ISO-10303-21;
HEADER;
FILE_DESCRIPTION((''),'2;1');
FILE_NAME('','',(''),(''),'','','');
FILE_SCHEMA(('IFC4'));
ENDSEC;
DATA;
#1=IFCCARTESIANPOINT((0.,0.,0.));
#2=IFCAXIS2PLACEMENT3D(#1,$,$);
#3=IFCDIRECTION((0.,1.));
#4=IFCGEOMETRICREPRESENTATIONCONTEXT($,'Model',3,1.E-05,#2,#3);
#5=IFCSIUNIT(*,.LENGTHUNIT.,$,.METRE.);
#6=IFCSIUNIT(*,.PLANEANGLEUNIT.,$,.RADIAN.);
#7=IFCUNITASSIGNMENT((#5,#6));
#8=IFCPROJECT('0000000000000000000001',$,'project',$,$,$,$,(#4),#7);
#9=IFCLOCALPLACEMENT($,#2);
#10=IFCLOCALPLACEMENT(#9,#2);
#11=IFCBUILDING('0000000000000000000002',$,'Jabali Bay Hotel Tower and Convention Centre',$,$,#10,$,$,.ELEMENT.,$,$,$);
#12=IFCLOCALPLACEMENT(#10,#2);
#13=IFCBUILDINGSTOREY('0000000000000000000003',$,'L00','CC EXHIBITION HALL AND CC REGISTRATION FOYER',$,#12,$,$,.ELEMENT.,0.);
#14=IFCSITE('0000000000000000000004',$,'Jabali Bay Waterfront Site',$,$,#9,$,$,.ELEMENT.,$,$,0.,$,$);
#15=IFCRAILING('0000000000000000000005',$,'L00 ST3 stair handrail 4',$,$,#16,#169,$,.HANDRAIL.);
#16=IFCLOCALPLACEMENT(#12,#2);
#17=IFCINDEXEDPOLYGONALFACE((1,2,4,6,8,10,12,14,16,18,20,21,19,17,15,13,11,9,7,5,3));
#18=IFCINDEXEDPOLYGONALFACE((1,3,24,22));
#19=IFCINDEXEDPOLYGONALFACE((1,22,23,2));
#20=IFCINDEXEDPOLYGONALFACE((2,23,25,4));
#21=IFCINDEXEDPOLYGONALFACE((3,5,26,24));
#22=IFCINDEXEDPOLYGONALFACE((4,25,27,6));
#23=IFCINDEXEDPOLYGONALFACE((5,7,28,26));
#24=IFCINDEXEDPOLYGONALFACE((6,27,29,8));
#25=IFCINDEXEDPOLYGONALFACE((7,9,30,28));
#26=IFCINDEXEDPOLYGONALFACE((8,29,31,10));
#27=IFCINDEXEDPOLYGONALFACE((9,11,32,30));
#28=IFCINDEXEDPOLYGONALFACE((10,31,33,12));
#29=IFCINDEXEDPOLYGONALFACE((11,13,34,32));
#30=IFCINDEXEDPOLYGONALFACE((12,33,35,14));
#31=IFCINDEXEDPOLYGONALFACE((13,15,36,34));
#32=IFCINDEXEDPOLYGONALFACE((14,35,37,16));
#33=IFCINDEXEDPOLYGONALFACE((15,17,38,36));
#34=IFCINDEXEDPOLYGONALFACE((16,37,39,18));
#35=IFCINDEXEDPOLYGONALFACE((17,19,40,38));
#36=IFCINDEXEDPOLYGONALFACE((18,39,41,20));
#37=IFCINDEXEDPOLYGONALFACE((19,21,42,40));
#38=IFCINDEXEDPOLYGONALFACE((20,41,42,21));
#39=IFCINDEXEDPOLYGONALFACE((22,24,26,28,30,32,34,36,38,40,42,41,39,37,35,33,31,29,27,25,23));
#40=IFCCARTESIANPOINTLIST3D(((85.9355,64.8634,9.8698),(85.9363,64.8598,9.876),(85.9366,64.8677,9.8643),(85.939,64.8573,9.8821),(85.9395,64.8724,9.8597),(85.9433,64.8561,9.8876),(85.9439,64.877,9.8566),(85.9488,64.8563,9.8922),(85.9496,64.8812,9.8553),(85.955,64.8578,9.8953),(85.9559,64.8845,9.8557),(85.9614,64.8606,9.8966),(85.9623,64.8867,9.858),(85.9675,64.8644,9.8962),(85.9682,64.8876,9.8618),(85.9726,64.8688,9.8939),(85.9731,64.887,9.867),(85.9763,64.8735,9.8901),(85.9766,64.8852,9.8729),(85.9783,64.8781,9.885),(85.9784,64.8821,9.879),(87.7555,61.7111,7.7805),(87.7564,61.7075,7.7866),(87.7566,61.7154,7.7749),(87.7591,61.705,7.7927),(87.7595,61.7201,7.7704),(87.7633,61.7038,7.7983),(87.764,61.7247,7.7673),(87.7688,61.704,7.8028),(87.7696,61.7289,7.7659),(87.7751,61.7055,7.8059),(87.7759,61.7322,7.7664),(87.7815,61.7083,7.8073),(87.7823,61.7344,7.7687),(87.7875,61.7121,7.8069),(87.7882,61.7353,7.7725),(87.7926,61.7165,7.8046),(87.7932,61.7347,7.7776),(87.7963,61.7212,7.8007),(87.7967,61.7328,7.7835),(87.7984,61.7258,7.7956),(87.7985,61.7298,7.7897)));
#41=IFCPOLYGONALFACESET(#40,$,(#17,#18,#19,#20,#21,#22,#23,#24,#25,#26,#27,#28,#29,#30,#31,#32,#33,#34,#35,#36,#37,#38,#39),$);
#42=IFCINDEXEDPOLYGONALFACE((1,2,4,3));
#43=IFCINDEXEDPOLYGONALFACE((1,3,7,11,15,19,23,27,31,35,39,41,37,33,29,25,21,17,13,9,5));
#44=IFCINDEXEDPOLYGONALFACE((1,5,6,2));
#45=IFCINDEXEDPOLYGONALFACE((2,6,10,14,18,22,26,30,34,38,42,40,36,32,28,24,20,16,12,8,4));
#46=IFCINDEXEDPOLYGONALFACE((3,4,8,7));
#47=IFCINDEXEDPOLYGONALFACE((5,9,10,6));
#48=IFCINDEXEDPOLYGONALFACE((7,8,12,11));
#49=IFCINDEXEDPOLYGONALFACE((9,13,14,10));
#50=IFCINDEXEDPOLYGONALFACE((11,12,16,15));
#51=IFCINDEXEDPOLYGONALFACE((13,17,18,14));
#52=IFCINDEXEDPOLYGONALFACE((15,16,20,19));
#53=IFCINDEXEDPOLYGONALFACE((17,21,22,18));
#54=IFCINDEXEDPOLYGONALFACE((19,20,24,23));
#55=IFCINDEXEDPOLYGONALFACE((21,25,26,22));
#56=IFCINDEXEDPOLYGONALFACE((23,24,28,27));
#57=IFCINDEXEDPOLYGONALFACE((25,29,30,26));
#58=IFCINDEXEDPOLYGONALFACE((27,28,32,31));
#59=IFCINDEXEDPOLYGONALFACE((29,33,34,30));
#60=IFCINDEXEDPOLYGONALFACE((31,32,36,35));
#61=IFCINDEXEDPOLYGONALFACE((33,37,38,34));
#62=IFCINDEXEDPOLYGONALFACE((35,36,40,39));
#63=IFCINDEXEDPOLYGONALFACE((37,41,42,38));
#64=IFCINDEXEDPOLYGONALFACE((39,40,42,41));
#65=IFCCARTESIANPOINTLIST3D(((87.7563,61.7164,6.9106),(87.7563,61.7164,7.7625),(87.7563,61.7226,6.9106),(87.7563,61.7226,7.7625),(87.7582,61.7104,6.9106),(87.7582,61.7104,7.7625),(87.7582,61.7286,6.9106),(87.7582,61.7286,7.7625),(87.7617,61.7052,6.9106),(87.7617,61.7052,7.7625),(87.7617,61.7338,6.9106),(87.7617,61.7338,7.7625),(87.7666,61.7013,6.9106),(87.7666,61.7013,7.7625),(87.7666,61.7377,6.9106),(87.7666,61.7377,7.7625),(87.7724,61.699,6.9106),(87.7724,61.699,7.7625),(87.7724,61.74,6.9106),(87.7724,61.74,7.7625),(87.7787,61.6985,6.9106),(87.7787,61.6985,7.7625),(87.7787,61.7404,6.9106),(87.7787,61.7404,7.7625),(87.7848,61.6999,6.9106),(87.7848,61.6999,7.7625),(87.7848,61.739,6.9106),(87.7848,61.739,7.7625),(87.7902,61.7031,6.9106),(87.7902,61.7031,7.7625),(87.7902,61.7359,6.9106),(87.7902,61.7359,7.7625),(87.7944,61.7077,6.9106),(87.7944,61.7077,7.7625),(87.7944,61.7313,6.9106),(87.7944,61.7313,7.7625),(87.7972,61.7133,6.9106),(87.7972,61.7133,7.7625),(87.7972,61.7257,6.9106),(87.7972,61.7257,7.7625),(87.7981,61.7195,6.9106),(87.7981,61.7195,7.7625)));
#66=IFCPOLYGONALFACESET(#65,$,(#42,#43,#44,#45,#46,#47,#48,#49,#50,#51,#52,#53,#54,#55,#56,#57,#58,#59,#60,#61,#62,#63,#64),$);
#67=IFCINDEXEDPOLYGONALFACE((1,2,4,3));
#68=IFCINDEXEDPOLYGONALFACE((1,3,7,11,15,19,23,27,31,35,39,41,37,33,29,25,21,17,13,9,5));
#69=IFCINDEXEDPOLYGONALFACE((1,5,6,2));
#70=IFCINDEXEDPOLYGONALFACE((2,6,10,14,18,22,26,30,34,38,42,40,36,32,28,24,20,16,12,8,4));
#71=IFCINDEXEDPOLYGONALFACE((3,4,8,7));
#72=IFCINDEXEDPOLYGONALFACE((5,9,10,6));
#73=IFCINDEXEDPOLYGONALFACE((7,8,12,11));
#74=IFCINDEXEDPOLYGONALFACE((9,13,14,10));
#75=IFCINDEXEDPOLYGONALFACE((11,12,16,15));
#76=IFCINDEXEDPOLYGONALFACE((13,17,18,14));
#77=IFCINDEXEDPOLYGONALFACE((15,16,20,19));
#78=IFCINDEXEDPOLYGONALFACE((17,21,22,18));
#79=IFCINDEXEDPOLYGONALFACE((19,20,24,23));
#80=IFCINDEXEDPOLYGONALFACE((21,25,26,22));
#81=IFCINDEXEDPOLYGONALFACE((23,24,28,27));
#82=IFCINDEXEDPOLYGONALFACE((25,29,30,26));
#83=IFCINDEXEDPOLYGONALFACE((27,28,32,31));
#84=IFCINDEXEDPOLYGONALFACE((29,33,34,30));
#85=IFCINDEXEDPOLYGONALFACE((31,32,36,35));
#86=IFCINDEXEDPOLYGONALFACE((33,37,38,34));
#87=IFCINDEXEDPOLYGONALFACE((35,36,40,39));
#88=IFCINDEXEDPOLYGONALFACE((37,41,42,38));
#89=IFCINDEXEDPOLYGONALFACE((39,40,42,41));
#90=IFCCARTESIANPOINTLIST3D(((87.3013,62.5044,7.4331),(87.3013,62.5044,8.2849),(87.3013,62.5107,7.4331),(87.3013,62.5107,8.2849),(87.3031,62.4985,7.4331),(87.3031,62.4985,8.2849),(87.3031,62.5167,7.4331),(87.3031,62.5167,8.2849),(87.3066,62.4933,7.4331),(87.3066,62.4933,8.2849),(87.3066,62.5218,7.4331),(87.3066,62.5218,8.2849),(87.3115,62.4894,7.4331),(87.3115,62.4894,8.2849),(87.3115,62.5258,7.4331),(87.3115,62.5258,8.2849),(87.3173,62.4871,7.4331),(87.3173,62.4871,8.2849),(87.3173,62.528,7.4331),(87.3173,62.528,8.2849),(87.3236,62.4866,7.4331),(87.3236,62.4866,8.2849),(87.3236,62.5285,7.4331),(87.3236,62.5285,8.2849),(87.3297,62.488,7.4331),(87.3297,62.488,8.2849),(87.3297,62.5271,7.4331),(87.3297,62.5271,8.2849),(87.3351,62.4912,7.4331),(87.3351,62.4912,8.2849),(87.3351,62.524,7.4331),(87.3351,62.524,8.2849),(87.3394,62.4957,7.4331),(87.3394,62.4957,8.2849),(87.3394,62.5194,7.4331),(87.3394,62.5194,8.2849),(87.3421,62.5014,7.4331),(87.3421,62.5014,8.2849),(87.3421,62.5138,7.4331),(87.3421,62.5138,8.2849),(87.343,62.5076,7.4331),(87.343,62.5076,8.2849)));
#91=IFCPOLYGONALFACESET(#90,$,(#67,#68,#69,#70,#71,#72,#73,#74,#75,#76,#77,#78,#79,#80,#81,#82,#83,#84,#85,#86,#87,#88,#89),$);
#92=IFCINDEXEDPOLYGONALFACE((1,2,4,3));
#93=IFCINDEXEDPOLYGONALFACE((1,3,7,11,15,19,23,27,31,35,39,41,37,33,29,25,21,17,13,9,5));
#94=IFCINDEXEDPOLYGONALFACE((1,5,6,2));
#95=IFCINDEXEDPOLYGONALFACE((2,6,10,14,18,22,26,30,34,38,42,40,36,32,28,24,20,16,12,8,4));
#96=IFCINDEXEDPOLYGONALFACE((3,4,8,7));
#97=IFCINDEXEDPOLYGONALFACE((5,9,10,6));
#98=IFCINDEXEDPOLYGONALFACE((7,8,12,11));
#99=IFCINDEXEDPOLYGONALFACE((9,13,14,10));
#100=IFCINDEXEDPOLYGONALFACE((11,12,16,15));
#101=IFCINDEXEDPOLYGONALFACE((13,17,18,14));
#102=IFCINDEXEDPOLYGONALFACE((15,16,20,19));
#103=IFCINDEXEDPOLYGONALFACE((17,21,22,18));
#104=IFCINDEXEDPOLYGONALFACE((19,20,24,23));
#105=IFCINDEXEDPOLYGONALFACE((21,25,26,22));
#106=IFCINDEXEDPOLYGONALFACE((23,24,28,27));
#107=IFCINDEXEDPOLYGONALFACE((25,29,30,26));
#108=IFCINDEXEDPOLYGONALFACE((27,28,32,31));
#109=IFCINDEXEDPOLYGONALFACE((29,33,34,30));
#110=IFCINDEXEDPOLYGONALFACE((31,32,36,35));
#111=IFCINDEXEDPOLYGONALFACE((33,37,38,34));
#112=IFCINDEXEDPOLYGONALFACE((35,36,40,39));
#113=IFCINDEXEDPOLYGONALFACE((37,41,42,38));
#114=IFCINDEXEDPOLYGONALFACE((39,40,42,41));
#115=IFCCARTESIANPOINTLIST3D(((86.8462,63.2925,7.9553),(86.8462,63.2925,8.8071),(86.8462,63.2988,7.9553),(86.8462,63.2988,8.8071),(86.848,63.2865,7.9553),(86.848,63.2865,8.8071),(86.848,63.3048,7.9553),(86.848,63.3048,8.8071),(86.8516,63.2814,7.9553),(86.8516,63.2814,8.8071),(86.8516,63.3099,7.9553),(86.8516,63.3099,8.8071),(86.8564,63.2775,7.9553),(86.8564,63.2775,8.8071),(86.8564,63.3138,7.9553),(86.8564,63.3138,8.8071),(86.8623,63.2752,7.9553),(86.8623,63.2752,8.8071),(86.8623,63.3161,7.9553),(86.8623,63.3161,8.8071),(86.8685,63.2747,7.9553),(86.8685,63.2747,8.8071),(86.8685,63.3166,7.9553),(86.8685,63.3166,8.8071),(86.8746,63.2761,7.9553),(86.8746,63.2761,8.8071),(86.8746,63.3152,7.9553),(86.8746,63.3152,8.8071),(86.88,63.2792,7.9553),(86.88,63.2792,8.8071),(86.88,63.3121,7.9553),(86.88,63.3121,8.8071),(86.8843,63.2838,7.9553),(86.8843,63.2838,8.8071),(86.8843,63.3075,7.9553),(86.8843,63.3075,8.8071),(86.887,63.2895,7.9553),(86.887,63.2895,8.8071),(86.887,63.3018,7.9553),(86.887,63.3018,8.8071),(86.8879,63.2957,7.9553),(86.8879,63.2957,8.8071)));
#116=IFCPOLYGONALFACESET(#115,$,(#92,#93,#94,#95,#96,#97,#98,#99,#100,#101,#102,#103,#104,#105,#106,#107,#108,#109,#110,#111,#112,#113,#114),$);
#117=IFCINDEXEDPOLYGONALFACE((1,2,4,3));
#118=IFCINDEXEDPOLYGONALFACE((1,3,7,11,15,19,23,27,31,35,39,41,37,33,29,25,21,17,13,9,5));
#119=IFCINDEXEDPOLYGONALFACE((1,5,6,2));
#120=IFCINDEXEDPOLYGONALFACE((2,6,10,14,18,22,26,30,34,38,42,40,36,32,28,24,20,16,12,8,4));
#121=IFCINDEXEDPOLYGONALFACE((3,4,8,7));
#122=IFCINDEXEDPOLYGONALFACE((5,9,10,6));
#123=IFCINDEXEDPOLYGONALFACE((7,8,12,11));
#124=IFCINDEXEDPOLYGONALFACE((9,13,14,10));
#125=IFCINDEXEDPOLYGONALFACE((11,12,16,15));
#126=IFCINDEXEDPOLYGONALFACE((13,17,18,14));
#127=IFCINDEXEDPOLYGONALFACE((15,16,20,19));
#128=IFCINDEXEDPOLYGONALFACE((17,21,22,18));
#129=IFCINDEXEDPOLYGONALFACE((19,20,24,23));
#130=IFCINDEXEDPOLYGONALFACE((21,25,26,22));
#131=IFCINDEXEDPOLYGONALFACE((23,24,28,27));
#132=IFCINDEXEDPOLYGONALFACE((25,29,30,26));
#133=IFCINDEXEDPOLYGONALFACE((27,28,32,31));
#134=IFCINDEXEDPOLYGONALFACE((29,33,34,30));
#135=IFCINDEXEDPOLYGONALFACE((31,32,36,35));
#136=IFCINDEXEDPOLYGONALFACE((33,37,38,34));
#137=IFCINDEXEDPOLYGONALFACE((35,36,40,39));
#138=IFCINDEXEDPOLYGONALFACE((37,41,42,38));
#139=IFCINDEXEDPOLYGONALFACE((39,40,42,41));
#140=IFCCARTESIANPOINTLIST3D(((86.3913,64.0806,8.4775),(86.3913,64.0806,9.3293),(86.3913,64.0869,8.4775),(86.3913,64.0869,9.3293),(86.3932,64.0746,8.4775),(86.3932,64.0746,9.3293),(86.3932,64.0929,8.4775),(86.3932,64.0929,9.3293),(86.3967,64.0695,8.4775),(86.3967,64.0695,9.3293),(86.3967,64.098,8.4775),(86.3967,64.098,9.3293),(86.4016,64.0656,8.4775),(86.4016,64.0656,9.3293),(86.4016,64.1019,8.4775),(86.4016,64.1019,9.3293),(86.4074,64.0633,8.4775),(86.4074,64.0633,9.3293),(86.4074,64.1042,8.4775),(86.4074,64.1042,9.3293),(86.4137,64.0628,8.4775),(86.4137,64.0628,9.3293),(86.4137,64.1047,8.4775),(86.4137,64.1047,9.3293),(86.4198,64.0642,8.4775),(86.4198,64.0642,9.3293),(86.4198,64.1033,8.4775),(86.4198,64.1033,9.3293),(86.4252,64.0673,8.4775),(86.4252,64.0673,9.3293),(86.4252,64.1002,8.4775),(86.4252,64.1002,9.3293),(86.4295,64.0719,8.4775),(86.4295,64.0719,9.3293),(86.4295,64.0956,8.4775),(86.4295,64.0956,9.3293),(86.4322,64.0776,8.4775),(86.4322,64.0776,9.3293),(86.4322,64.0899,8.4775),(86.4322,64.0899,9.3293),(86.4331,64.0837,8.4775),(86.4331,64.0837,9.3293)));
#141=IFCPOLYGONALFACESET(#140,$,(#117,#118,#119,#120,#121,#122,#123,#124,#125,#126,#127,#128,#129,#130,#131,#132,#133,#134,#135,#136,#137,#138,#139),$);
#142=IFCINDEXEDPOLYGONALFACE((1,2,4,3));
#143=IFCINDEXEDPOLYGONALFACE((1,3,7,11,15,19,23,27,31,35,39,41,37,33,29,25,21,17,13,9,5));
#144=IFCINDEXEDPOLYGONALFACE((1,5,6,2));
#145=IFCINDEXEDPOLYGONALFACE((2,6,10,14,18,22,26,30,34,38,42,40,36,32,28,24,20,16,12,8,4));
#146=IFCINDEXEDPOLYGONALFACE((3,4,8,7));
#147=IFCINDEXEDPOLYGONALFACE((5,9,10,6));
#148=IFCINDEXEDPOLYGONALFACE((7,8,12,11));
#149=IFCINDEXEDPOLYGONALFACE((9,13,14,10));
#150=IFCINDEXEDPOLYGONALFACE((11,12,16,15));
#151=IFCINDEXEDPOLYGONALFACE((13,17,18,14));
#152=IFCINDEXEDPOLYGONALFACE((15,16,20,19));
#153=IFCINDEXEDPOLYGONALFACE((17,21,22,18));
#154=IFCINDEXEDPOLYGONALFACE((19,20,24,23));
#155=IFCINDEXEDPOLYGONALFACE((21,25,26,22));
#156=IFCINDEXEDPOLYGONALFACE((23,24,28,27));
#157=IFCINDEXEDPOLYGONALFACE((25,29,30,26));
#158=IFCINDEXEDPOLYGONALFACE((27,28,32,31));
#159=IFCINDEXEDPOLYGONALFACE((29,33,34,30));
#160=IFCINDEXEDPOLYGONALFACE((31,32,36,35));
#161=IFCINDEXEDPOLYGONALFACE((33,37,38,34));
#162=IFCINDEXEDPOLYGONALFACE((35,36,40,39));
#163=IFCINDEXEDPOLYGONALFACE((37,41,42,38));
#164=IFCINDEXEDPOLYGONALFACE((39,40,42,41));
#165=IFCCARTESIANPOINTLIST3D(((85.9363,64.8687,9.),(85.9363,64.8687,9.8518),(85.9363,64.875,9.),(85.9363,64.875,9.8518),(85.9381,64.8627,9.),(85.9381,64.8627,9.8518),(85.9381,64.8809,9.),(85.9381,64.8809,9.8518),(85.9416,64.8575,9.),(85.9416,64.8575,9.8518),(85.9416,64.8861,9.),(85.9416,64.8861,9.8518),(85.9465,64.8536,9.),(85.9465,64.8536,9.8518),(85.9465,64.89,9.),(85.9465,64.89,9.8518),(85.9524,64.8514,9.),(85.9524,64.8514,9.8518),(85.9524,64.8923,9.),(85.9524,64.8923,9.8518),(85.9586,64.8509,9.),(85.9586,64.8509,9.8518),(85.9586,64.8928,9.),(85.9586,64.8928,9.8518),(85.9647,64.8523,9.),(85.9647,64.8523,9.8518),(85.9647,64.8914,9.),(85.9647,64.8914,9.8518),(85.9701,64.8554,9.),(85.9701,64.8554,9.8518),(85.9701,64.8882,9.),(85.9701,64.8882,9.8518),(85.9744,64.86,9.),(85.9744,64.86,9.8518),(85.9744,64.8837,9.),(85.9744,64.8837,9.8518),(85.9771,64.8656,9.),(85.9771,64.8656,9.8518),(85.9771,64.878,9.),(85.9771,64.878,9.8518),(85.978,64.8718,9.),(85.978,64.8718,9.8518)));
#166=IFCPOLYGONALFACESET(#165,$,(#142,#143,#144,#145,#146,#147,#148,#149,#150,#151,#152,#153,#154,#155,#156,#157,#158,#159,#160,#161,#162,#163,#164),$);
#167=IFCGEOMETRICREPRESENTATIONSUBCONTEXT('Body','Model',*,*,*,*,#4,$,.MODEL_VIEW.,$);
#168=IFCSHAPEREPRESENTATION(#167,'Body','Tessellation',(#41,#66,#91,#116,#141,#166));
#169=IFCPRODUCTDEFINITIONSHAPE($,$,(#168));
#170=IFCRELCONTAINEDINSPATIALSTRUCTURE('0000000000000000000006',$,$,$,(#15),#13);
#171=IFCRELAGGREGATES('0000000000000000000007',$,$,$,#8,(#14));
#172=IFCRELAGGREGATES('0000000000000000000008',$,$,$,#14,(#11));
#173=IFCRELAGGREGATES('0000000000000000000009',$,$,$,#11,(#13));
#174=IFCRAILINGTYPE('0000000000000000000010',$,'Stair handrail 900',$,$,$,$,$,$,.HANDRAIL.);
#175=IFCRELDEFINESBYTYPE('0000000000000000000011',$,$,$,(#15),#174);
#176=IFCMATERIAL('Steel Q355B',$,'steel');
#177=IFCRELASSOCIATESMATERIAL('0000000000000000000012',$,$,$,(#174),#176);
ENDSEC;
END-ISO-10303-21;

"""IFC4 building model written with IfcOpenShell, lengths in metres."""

from ifc_helpers import new_model, si_unit, direction, frame, origin, origin_2d, place, context, subcontext, project, spatial, circle, extrude, material, type_object, element, save


model = new_model("IFC4")

# Units and contexts
model_context = context("Model", 3, precision=1e-05, world=origin(), true_north=direction((0.0, 1.0)))
body_context = subcontext(model_context, "Body", "Model", "MODEL_VIEW")
ifc_project = project(units=[si_unit("LENGTHUNIT", "METRE"), si_unit("PLANEANGLEUNIT", "RADIAN")], contexts=[model_context])

# Site, building, storey
site_placement = place(None, origin())
site = spatial("IfcSite", under=ifc_project, at=site_placement, Name="Jabali Bay Waterfront Site", CompositionType="ELEMENT", RefElevation=0.0)
building_placement = place(site_placement, origin())
building = spatial("IfcBuilding", under=site, at=building_placement, Name="Jabali Bay Hotel Tower and Convention Centre", CompositionType="ELEMENT")
storey_placement = place(building_placement, origin())
storey = spatial("IfcBuildingStorey", under=building, at=storey_placement, Name="L00", Description="CC EXHIBITION HALL AND CC REGISTRATION FOYER", CompositionType="ELEMENT", Elevation=0.0)

# Railing
ifc_material_1 = material(Name="Steel Q355B", Category="steel")
railing_type_1 = type_object("IfcRailingType", Name="Stair handrail 900", PredefinedType="HANDRAIL", material=ifc_material_1)
for number, where, name in (
    (1, (87.7771, 61.7195, 6.9106), "L00 ST3 stair handrail 4"),
):
    element("IfcRailing", number, at=place(storey_placement, frame(where)), inside=storey, type_object=railing_type_1, Name=name, PredefinedType="HANDRAIL", context=body_context, shape_type="SweptSolid", body=[
        extrude(circle(Radius=0.0239, at=origin_2d()), frame((0.0, 0.0, 0.876), z_axis=(-0.433653, 0.751084, 0.497814), x_axis=(-0.866018, -0.500013, 0.0)), (0.0, 0.0, 1.0), 4.197),
        extrude(circle(Radius=0.021, at=origin_2d()), origin(), (0.0, 0.0, 1.0), 0.8518),
        extrude(circle(Radius=0.021, at=origin_2d()), frame((-0.4551, 0.7881, 0.5225)), (0.0, 0.0, 1.0), 0.8518),
        extrude(circle(Radius=0.021, at=origin_2d()), frame((-0.9102, 1.5762, 1.0447)), (0.0, 0.0, 1.0), 0.8518),
        extrude(circle(Radius=0.021, at=origin_2d()), frame((-1.365, 2.3643, 1.5669)), (0.0, 0.0, 1.0), 0.8518),
        extrude(circle(Radius=0.021, at=origin_2d()), frame((-1.8201, 3.1523, 2.0894)), (0.0, 0.0, 1.0), 0.8518),
    ])

save(model, "model.ifc")
